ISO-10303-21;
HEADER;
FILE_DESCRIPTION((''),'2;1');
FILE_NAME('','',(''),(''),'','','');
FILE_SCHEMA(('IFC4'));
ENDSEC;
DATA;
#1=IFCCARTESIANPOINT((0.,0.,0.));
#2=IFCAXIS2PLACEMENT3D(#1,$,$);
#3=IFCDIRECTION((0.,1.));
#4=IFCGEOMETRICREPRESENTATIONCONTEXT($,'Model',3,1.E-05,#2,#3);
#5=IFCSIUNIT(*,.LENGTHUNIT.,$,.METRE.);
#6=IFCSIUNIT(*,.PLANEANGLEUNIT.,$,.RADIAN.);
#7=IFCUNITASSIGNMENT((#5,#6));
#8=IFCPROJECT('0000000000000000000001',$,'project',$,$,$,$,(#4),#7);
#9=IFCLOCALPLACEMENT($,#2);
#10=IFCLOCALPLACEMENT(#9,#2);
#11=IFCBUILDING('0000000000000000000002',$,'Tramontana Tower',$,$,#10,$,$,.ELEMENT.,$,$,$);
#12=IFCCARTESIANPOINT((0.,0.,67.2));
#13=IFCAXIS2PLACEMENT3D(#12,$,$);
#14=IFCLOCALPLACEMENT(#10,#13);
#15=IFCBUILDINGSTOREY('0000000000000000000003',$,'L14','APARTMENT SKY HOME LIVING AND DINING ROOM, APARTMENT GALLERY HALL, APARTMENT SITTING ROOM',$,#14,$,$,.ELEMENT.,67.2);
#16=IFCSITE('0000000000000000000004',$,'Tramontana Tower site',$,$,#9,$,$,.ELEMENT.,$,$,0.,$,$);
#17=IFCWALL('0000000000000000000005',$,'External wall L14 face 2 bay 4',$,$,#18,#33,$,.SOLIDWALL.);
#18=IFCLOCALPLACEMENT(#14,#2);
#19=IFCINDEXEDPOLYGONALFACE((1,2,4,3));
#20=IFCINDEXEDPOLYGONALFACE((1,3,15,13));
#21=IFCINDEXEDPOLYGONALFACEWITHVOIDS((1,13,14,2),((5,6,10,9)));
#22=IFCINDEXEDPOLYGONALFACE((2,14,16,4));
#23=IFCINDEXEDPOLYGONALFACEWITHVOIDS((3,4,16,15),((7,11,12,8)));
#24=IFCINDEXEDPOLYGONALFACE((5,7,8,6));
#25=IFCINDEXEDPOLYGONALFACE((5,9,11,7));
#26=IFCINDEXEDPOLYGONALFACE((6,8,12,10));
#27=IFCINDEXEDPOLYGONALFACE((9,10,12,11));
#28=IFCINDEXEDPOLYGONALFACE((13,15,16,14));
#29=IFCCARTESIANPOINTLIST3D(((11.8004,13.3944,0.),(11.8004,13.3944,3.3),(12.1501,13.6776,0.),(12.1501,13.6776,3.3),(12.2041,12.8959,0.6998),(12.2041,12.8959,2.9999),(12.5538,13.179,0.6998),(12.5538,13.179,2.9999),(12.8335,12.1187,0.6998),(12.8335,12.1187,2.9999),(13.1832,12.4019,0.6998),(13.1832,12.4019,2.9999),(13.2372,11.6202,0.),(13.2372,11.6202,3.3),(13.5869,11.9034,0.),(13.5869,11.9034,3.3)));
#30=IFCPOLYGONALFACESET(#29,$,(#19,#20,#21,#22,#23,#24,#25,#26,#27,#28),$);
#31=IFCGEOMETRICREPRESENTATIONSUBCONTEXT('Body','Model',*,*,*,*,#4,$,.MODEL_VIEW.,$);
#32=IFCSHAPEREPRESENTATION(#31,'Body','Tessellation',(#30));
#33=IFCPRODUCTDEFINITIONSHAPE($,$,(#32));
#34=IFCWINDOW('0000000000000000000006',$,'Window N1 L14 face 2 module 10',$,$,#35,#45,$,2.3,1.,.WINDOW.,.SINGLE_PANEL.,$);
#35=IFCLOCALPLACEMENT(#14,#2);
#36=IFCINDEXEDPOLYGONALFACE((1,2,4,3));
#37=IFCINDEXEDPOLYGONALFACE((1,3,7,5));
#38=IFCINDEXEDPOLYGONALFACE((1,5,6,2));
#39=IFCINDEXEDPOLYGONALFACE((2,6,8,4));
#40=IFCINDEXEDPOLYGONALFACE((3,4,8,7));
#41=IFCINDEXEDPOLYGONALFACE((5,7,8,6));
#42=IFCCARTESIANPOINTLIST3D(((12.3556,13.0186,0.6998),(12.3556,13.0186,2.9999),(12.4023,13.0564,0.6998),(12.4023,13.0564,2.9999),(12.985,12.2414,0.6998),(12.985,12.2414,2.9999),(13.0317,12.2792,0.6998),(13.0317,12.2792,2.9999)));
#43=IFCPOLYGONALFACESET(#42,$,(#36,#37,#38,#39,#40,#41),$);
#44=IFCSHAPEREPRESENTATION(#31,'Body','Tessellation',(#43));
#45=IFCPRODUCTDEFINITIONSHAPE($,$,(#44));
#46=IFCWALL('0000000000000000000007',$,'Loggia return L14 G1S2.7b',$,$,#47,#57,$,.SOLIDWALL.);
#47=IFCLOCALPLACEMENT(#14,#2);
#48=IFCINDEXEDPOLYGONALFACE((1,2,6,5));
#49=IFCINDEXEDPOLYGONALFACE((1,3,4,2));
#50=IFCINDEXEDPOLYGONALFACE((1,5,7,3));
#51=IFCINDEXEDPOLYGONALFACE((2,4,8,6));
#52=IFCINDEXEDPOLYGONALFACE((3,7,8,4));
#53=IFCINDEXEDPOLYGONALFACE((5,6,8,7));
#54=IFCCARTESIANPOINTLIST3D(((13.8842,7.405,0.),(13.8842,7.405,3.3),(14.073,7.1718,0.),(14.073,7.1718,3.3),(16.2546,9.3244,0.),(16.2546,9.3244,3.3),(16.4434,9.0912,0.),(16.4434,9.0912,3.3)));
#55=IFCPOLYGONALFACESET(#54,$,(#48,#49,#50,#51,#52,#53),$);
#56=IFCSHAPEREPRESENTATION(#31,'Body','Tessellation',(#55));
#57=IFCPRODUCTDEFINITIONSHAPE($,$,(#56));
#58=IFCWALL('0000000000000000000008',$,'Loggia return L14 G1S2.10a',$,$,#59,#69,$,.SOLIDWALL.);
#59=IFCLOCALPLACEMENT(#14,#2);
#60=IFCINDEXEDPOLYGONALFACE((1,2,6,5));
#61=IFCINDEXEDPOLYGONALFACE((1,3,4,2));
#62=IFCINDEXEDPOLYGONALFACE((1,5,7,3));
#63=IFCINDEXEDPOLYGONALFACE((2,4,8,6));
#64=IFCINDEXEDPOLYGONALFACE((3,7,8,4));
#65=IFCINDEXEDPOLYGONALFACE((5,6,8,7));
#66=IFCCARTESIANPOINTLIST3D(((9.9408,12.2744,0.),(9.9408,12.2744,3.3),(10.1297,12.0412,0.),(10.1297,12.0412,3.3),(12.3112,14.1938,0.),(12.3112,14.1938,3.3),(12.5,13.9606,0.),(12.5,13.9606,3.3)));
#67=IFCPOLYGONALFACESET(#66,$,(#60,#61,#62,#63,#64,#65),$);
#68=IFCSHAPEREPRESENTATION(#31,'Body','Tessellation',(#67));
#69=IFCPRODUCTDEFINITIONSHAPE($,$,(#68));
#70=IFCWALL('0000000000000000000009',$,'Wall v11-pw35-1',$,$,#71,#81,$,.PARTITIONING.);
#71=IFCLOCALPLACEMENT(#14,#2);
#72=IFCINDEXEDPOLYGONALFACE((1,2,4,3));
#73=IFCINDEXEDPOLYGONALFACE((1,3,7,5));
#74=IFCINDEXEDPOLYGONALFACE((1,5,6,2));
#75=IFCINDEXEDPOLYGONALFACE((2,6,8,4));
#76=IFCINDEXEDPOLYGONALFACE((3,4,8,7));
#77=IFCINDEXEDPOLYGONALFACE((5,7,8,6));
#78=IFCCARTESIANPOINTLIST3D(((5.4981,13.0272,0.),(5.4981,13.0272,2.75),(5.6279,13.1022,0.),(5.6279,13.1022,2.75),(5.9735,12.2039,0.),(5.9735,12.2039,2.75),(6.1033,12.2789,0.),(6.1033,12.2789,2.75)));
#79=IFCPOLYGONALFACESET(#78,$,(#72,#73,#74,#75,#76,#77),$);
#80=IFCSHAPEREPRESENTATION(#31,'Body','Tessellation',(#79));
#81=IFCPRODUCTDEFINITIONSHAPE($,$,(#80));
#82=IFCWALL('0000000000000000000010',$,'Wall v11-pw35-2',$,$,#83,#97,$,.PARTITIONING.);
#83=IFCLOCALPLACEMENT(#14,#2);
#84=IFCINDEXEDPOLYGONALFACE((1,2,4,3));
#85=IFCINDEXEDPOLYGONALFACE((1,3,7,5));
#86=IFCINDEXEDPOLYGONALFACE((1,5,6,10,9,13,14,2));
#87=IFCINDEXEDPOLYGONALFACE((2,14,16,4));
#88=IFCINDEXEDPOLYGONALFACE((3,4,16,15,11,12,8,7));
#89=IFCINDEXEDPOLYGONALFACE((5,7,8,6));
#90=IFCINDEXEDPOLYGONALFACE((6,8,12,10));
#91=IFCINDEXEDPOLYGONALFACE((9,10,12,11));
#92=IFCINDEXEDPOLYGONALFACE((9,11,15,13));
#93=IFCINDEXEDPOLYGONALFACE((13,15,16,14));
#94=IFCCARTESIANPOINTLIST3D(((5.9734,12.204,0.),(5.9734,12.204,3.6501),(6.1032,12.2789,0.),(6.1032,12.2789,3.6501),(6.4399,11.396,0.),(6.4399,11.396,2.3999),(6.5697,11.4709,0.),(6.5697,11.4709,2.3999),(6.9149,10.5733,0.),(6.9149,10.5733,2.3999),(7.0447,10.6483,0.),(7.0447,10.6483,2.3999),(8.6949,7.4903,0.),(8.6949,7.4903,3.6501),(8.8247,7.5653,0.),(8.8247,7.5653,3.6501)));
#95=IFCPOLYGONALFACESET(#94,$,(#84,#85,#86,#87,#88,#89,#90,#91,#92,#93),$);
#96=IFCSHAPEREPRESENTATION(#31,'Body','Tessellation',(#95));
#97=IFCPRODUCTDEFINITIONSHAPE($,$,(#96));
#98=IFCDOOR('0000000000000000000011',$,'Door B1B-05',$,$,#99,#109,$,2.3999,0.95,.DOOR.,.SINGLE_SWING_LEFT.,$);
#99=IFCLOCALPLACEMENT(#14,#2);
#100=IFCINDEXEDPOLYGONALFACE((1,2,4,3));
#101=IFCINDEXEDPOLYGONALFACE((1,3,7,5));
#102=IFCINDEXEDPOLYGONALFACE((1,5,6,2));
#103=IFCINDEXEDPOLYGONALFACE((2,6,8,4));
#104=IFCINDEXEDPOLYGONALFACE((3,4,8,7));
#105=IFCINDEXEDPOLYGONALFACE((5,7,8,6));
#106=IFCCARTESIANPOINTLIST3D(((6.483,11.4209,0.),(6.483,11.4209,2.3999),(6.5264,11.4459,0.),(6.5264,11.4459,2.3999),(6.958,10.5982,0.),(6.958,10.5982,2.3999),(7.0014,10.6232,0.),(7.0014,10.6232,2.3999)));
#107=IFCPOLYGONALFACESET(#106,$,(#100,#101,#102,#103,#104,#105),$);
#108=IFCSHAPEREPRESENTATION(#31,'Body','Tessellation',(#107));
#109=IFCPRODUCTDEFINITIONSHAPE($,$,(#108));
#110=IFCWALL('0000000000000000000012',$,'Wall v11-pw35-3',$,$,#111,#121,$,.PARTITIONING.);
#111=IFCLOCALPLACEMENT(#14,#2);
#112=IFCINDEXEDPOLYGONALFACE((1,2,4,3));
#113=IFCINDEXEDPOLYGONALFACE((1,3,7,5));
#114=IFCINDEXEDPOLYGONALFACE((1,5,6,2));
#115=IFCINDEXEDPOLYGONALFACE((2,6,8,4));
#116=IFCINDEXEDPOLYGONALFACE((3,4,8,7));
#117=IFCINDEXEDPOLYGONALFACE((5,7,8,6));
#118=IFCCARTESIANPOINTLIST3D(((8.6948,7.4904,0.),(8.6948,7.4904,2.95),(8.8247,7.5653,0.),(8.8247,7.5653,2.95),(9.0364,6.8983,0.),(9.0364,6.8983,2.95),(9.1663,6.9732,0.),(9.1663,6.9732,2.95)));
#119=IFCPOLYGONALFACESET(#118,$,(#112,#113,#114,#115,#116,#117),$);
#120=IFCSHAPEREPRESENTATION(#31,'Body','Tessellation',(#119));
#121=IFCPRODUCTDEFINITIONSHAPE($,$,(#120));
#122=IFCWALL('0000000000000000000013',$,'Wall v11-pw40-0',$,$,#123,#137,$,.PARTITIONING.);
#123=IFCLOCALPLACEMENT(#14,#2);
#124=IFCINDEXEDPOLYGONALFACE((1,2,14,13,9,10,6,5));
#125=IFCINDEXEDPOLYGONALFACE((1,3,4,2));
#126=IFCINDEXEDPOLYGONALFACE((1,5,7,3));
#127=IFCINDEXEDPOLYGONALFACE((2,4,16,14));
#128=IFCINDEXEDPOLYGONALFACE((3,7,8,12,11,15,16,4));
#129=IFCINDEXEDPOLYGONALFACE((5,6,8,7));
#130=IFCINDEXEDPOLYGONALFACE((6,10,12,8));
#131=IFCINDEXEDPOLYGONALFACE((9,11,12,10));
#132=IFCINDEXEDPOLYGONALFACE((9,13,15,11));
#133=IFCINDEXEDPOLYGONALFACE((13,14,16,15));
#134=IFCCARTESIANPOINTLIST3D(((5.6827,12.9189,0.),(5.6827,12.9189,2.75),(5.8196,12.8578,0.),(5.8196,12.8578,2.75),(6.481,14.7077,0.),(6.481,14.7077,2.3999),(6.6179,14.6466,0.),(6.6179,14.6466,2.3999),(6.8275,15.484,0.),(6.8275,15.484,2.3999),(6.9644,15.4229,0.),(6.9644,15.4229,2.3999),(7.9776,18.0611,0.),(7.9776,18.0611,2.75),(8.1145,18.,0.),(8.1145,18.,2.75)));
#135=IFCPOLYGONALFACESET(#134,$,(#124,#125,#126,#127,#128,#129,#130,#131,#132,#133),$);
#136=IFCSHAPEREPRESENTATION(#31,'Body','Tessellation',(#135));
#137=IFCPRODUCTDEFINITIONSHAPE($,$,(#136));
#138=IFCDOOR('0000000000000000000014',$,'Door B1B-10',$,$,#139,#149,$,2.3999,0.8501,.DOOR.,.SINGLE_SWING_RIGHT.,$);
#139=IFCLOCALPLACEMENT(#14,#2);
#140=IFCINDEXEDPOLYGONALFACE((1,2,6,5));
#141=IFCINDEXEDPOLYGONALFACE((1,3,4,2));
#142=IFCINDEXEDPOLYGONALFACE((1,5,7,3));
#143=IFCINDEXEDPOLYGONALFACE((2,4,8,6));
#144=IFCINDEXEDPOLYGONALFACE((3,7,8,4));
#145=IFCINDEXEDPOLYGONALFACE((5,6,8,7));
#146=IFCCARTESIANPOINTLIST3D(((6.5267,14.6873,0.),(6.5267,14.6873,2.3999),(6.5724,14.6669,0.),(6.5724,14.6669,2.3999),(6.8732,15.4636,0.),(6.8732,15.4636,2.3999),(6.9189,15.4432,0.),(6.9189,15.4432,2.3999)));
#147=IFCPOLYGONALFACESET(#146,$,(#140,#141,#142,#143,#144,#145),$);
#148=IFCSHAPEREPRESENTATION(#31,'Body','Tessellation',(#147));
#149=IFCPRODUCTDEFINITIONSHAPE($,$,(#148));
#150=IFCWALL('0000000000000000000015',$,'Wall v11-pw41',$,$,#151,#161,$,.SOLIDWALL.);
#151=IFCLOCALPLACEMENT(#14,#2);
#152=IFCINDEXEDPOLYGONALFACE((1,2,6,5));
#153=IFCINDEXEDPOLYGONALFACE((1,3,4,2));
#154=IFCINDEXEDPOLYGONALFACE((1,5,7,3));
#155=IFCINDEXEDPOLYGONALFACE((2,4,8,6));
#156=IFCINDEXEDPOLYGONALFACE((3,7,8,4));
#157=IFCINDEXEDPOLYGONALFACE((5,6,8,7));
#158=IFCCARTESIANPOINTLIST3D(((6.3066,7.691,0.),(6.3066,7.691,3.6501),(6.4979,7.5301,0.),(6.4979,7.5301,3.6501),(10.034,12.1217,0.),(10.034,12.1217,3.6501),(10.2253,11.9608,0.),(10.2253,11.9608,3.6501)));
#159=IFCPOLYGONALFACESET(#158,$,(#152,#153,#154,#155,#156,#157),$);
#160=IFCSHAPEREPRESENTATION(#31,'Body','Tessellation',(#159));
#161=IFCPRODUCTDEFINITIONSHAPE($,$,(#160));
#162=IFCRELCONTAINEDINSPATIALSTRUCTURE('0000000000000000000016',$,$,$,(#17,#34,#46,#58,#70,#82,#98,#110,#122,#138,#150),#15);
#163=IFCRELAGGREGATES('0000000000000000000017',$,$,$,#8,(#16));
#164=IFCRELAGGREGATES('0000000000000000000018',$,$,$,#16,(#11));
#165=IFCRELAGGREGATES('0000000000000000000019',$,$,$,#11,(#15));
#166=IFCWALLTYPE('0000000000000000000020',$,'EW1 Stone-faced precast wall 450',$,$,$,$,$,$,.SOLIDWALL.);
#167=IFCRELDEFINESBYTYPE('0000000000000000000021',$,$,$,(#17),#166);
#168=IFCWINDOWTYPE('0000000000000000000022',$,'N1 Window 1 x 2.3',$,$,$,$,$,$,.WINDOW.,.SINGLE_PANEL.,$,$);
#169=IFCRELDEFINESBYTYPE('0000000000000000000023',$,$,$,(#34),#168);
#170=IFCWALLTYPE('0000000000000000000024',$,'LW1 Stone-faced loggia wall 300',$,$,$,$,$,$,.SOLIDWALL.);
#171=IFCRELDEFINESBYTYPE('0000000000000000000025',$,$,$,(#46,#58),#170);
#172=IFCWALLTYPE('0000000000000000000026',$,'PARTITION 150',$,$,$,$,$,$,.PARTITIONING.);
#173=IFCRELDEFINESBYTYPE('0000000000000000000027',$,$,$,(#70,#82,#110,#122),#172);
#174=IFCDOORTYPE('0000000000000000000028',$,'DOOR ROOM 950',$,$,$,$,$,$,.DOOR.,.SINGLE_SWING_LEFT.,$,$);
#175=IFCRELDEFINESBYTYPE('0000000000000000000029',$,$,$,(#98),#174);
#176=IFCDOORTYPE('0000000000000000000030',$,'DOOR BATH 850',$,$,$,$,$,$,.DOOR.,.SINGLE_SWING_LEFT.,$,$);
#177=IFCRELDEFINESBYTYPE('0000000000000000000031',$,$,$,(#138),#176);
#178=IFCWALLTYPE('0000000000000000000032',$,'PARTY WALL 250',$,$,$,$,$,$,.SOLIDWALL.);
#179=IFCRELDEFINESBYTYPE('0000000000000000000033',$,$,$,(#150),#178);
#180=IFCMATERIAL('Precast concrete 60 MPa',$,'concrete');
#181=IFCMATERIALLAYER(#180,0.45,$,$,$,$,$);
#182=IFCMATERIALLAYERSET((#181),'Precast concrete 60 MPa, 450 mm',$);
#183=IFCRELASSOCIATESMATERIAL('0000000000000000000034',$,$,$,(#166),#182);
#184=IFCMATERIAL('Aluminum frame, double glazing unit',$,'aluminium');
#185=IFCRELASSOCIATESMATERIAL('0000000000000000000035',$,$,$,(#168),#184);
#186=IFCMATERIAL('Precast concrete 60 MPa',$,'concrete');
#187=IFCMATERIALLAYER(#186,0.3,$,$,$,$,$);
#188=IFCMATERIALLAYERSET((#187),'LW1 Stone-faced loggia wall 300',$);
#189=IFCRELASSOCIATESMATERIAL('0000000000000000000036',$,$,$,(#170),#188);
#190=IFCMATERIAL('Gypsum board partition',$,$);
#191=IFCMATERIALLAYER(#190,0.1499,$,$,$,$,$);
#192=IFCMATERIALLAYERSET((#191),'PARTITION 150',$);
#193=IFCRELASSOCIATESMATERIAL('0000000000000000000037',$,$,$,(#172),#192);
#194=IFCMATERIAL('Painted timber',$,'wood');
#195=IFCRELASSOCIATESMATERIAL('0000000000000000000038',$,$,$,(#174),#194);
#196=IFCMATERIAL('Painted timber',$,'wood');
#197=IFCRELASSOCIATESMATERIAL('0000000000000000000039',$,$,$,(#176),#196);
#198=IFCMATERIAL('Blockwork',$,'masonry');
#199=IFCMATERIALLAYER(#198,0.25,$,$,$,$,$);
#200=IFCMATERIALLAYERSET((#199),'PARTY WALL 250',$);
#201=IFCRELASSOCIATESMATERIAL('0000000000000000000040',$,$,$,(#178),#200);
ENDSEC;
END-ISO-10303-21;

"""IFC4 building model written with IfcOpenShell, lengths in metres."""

from ifc_helpers import new_model, si_unit, direction, frame, frame_2d, origin, place, context, subcontext, project, spatial, rectangle, extrude, material, layer, layer_set, type_object, element, fill, save


model = new_model("IFC4")

# Units and contexts
model_context = context("Model", 3, precision=1e-05, world=origin(), true_north=direction((0.0, 1.0)))
body_context = subcontext(model_context, "Body", "Model", "MODEL_VIEW")
ifc_project = project(units=[si_unit("LENGTHUNIT", "METRE"), si_unit("PLANEANGLEUNIT", "RADIAN")], contexts=[model_context])

# Site, building, storey
site_placement = place(None, origin())
site = spatial("IfcSite", under=ifc_project, at=site_placement, Name="Tramontana Tower site", CompositionType="ELEMENT", RefElevation=0.0)
building_placement = place(site_placement, origin())
building = spatial("IfcBuilding", under=site, at=building_placement, Name="Tramontana Tower", CompositionType="ELEMENT")
storey_placement = place(building_placement, frame((0.0, 0.0, 67.2)))
storey = spatial("IfcBuildingStorey", under=building, at=storey_placement, Name="L14", Description="APARTMENT SKY HOME LIVING AND DINING ROOM, APARTMENT GALLERY HALL, APARTMENT SITTING ROOM", CompositionType="ELEMENT", Elevation=67.2)

# Wall, opening, window
ifc_material_1 = material(Name="Precast concrete 60 MPa", Category="concrete")
ifc_layer_1 = layer(ifc_material_1, 0.45)
ifc_layer_set_1 = layer_set([ifc_layer_1], Name="Precast concrete 60 MPa, 450 mm")
wall_type_1 = type_object("IfcWallType", Name="EW1 Stone-faced precast wall 450", PredefinedType="SOLIDWALL", material=ifc_layer_set_1)
wall_1_placement = place(storey_placement, frame((13.4121, 11.7617, 0.0), z_axis=(0.0, 0.0, 1.0), x_axis=(-0.62934, 0.77713, 0.0)))
wall_1 = element("IfcWall", 1, at=wall_1_placement, inside=storey, type_object=wall_type_1, Name="External wall L14 face 2 bay 4", PredefinedType="SOLIDWALL", context=body_context, shape_type="SweptSolid", body=[
    extrude(rectangle(XDim=2.283, YDim=0.45, at=frame_2d((1.1416, 0.0))), origin(), (0.0, 0.0, 1.0), 3.3),
])
opening_1_placement = place(wall_1_placement, frame((0.6416, 0.0, 0.7)))
opening_1 = element("IfcOpeningElement", 2, at=opening_1_placement, cuts=wall_1, PredefinedType="OPENING", context=body_context, shape_type="SweptSolid", body=[
    extrude(rectangle(XDim=1.0, YDim=2.3, at=frame_2d((0.5, 1.1499))), frame((0.0, 0.2349, 0.0), z_axis=(0.0, -1.0, 0.0), x_axis=(1.0, 0.0, 0.0)), (0.0, 0.0, 1.0), 0.47),
])
ifc_material_2 = material(Name="Aluminum frame, double glazing unit", Category="aluminium")
window_type_1 = type_object("IfcWindowType", Name="N1 Window 1 x 2.3", PartitioningType="SINGLE_PANEL", PredefinedType="WINDOW", material=ifc_material_2)
window_1_placement = place(opening_1_placement, origin())
window_1 = element("IfcWindow", 3, at=window_1_placement, inside=storey, type_object=window_type_1, Name="Window N1 L14 face 2 module 10", OverallHeight=2.3, OverallWidth=1.0, PartitioningType="SINGLE_PANEL", PredefinedType="WINDOW", context=body_context, shape_type="SweptSolid", body=[
    extrude(rectangle(XDim=1.0, YDim=2.3, at=frame_2d((0.5, 1.1499))), frame((0.0, 0.03, 0.0), z_axis=(0.0, -1.0, 0.0), x_axis=(1.0, 0.0, 0.0)), (0.0, 0.0, 1.0), 0.0601),
])
fill(opening_1, window_1)

# Wall
ifc_material_3 = material(Name="Precast concrete 60 MPa", Category="concrete")
ifc_layer_2 = layer(ifc_material_3, 0.3)
ifc_layer_set_2 = layer_set([ifc_layer_2], Name="LW1 Stone-faced loggia wall 300")
wall_type_2 = type_object("IfcWallType", Name="LW1 Stone-faced loggia wall 300", PredefinedType="SOLIDWALL", material=ifc_layer_set_2)
wall_2_placement = place(storey_placement, frame((16.3489, 9.2078, 0.0), z_axis=(0.0, 0.0, 1.0), x_axis=(-0.777154, -0.629311, 0.0)))
element("IfcWall", 4, at=wall_2_placement, inside=storey, type_object=wall_type_2, Name="Loggia return L14 G1S2.7b", PredefinedType="SOLIDWALL", context=body_context, shape_type="SweptSolid", body=[
    extrude(rectangle(XDim=3.05, YDim=0.3, at=frame_2d((1.5249, 0.0))), origin(), (0.0, 0.0, 1.0), 3.3),
])

# Walls
wall_3_placement = place(storey_placement, frame((12.4055, 14.0771, 0.0), z_axis=(0.0, 0.0, 1.0), x_axis=(-0.777154, -0.629311, 0.0)))
element("IfcWall", 5, at=wall_3_placement, inside=storey, type_object=wall_type_2, Name="Loggia return L14 G1S2.10a", PredefinedType="SOLIDWALL", context=body_context, shape_type="SweptSolid", body=[
    extrude(rectangle(XDim=3.05, YDim=0.3, at=frame_2d((1.5249, 0.0))), origin(), (0.0, 0.0, 1.0), 3.3),
])
ifc_material_4 = material(Name="Gypsum board partition")
ifc_layer_3 = layer(ifc_material_4, 0.1499)
ifc_layer_set_3 = layer_set([ifc_layer_3], Name="PARTITION 150")
wall_type_3 = type_object("IfcWallType", Name="PARTITION 150", PredefinedType="PARTITIONING", material=ifc_layer_set_3)
wall_4_placement = place(storey_placement, frame((5.563, 13.0647, 0.0), z_axis=(0.0, 0.0, 1.0), x_axis=(0.500034, -0.866006, 0.0)))
element("IfcWall", 6, at=wall_4_placement, inside=storey, type_object=wall_type_3, Name="Wall v11-pw35-1", PredefinedType="PARTITIONING", context=body_context, shape_type="SweptSolid", body=[
    extrude(rectangle(XDim=0.9507, YDim=0.1499, at=frame_2d((0.4753, 0.0))), origin(), (0.0, 0.0, 1.0), 2.75),
])

# Wall, opening, door
wall_5_placement = place(storey_placement, frame((6.0383, 12.2415, 0.0), z_axis=(0.0, 0.0, 1.0), x_axis=(0.500003, -0.866023, 0.0)))
wall_5 = element("IfcWall", 7, at=wall_5_placement, inside=storey, type_object=wall_type_3, Name="Wall v11-pw35-2", PredefinedType="PARTITIONING", context=body_context, shape_type="SweptSolid", body=[
    extrude(rectangle(XDim=5.4429, YDim=0.1499, at=frame_2d((2.7214, 0.0))), origin(), (0.0, 0.0, 1.0), 3.6501),
])
opening_2_placement = place(wall_5_placement, frame((0.9329, 0.0, 0.0)))
opening_2 = element("IfcOpeningElement", 8, at=opening_2_placement, cuts=wall_5, PredefinedType="OPENING", context=body_context, shape_type="SweptSolid", body=[
    extrude(rectangle(XDim=0.95, YDim=2.3999, at=frame_2d((0.4751, 1.2))), frame((0.0, 0.085, 0.0), z_axis=(0.0, -1.0, 0.0), x_axis=(1.0, 0.0, 0.0)), (0.0, 0.0, 1.0), 0.1699),
])
ifc_material_5 = material(Name="Painted timber", Category="wood")
door_type_1 = type_object("IfcDoorType", Name="DOOR ROOM 950", OperationType="SINGLE_SWING_LEFT", PredefinedType="DOOR", material=ifc_material_5)
door_1_placement = place(opening_2_placement, origin())
door_1 = element("IfcDoor", 9, at=door_1_placement, inside=storey, type_object=door_type_1, Name="Door B1B-05", OperationType="SINGLE_SWING_LEFT", OverallHeight=2.3999, OverallWidth=0.95, PredefinedType="DOOR", context=body_context, shape_type="SweptSolid", body=[
    extrude(rectangle(XDim=0.95, YDim=2.3999, at=frame_2d((0.4751, 1.2))), frame((0.0, 0.0249, 0.0), z_axis=(0.0, -1.0, 0.0), x_axis=(1.0, 0.0, 0.0)), (0.0, 0.0, 1.0), 0.05),
])
fill(opening_2, door_1)

# Wall
wall_6_placement = place(storey_placement, frame((8.7598, 7.5278, 0.0), z_axis=(0.0, 0.0, 1.0), x_axis=(0.499712, -0.866192, 0.0)))
element("IfcWall", 10, at=wall_6_placement, inside=storey, type_object=wall_type_3, Name="Wall v11-pw35-3", PredefinedType="PARTITIONING", context=body_context, shape_type="SweptSolid", body=[
    extrude(rectangle(XDim=0.6836, YDim=0.1499, at=frame_2d((0.3418, 0.0))), origin(), (0.0, 0.0, 1.0), 2.95),
])

# Wall, opening, door
wall_7_placement = place(storey_placement, frame((5.7512, 12.8884, 0.0), z_axis=(0.0, 0.0, 1.0), x_axis=(0.407538, 0.913188, 0.0)))
wall_7 = element("IfcWall", 11, at=wall_7_placement, inside=storey, type_object=wall_type_3, Name="Wall v11-pw40-0", PredefinedType="PARTITIONING", context=body_context, shape_type="SweptSolid", body=[
    extrude(rectangle(XDim=5.6311, YDim=0.1499, at=frame_2d((2.8154, 0.0))), origin(), (0.0, 0.0, 1.0), 2.75),
])
opening_3_placement = place(wall_7_placement, frame((1.9587, 0.0, 0.0)))
opening_3 = element("IfcOpeningElement", 12, at=opening_3_placement, cuts=wall_7, PredefinedType="OPENING", context=body_context, shape_type="SweptSolid", body=[
    extrude(rectangle(XDim=0.8501, YDim=2.3999, at=frame_2d((0.425, 1.2))), frame((0.0, 0.085, 0.0), z_axis=(0.0, -1.0, 0.0), x_axis=(1.0, 0.0, 0.0)), (0.0, 0.0, 1.0), 0.1699),
])
ifc_material_6 = material(Name="Painted timber", Category="wood")
door_type_2 = type_object("IfcDoorType", Name="DOOR BATH 850", OperationType="SINGLE_SWING_LEFT", PredefinedType="DOOR", material=ifc_material_6)
door_2_placement = place(opening_3_placement, origin())
door_2 = element("IfcDoor", 13, at=door_2_placement, inside=storey, type_object=door_type_2, Name="Door B1B-10", OperationType="SINGLE_SWING_RIGHT", OverallHeight=2.3999, OverallWidth=0.8501, PredefinedType="DOOR", context=body_context, shape_type="SweptSolid", body=[
    extrude(rectangle(XDim=0.8501, YDim=2.3999, at=frame_2d((0.425, 1.2))), frame((0.0, 0.0249, 0.0), z_axis=(0.0, -1.0, 0.0), x_axis=(1.0, 0.0, 0.0)), (0.0, 0.0, 1.0), 0.05),
])
fill(opening_3, door_2)

# Wall
ifc_material_7 = material(Name="Blockwork", Category="masonry")
ifc_layer_4 = layer(ifc_material_7, 0.25)
ifc_layer_set_4 = layer_set([ifc_layer_4], Name="PARTY WALL 250")
wall_type_4 = type_object("IfcWallType", Name="PARTY WALL 250", PredefinedType="SOLIDWALL", material=ifc_layer_set_4)
wall_8_placement = place(storey_placement, frame((10.1296, 12.0413, 0.0), z_axis=(0.0, 0.0, 1.0), x_axis=(-0.643753, -0.765234, 0.0)))
element("IfcWall", 14, at=wall_8_placement, inside=storey, type_object=wall_type_4, Name="Wall v11-pw41", PredefinedType="SOLIDWALL", context=body_context, shape_type="SweptSolid", body=[
    extrude(rectangle(XDim=5.79, YDim=0.25, at=frame_2d((2.895, 0.0))), origin(), (0.0, 0.0, 1.0), 3.6501),
])

save(model, "model.ifc")
